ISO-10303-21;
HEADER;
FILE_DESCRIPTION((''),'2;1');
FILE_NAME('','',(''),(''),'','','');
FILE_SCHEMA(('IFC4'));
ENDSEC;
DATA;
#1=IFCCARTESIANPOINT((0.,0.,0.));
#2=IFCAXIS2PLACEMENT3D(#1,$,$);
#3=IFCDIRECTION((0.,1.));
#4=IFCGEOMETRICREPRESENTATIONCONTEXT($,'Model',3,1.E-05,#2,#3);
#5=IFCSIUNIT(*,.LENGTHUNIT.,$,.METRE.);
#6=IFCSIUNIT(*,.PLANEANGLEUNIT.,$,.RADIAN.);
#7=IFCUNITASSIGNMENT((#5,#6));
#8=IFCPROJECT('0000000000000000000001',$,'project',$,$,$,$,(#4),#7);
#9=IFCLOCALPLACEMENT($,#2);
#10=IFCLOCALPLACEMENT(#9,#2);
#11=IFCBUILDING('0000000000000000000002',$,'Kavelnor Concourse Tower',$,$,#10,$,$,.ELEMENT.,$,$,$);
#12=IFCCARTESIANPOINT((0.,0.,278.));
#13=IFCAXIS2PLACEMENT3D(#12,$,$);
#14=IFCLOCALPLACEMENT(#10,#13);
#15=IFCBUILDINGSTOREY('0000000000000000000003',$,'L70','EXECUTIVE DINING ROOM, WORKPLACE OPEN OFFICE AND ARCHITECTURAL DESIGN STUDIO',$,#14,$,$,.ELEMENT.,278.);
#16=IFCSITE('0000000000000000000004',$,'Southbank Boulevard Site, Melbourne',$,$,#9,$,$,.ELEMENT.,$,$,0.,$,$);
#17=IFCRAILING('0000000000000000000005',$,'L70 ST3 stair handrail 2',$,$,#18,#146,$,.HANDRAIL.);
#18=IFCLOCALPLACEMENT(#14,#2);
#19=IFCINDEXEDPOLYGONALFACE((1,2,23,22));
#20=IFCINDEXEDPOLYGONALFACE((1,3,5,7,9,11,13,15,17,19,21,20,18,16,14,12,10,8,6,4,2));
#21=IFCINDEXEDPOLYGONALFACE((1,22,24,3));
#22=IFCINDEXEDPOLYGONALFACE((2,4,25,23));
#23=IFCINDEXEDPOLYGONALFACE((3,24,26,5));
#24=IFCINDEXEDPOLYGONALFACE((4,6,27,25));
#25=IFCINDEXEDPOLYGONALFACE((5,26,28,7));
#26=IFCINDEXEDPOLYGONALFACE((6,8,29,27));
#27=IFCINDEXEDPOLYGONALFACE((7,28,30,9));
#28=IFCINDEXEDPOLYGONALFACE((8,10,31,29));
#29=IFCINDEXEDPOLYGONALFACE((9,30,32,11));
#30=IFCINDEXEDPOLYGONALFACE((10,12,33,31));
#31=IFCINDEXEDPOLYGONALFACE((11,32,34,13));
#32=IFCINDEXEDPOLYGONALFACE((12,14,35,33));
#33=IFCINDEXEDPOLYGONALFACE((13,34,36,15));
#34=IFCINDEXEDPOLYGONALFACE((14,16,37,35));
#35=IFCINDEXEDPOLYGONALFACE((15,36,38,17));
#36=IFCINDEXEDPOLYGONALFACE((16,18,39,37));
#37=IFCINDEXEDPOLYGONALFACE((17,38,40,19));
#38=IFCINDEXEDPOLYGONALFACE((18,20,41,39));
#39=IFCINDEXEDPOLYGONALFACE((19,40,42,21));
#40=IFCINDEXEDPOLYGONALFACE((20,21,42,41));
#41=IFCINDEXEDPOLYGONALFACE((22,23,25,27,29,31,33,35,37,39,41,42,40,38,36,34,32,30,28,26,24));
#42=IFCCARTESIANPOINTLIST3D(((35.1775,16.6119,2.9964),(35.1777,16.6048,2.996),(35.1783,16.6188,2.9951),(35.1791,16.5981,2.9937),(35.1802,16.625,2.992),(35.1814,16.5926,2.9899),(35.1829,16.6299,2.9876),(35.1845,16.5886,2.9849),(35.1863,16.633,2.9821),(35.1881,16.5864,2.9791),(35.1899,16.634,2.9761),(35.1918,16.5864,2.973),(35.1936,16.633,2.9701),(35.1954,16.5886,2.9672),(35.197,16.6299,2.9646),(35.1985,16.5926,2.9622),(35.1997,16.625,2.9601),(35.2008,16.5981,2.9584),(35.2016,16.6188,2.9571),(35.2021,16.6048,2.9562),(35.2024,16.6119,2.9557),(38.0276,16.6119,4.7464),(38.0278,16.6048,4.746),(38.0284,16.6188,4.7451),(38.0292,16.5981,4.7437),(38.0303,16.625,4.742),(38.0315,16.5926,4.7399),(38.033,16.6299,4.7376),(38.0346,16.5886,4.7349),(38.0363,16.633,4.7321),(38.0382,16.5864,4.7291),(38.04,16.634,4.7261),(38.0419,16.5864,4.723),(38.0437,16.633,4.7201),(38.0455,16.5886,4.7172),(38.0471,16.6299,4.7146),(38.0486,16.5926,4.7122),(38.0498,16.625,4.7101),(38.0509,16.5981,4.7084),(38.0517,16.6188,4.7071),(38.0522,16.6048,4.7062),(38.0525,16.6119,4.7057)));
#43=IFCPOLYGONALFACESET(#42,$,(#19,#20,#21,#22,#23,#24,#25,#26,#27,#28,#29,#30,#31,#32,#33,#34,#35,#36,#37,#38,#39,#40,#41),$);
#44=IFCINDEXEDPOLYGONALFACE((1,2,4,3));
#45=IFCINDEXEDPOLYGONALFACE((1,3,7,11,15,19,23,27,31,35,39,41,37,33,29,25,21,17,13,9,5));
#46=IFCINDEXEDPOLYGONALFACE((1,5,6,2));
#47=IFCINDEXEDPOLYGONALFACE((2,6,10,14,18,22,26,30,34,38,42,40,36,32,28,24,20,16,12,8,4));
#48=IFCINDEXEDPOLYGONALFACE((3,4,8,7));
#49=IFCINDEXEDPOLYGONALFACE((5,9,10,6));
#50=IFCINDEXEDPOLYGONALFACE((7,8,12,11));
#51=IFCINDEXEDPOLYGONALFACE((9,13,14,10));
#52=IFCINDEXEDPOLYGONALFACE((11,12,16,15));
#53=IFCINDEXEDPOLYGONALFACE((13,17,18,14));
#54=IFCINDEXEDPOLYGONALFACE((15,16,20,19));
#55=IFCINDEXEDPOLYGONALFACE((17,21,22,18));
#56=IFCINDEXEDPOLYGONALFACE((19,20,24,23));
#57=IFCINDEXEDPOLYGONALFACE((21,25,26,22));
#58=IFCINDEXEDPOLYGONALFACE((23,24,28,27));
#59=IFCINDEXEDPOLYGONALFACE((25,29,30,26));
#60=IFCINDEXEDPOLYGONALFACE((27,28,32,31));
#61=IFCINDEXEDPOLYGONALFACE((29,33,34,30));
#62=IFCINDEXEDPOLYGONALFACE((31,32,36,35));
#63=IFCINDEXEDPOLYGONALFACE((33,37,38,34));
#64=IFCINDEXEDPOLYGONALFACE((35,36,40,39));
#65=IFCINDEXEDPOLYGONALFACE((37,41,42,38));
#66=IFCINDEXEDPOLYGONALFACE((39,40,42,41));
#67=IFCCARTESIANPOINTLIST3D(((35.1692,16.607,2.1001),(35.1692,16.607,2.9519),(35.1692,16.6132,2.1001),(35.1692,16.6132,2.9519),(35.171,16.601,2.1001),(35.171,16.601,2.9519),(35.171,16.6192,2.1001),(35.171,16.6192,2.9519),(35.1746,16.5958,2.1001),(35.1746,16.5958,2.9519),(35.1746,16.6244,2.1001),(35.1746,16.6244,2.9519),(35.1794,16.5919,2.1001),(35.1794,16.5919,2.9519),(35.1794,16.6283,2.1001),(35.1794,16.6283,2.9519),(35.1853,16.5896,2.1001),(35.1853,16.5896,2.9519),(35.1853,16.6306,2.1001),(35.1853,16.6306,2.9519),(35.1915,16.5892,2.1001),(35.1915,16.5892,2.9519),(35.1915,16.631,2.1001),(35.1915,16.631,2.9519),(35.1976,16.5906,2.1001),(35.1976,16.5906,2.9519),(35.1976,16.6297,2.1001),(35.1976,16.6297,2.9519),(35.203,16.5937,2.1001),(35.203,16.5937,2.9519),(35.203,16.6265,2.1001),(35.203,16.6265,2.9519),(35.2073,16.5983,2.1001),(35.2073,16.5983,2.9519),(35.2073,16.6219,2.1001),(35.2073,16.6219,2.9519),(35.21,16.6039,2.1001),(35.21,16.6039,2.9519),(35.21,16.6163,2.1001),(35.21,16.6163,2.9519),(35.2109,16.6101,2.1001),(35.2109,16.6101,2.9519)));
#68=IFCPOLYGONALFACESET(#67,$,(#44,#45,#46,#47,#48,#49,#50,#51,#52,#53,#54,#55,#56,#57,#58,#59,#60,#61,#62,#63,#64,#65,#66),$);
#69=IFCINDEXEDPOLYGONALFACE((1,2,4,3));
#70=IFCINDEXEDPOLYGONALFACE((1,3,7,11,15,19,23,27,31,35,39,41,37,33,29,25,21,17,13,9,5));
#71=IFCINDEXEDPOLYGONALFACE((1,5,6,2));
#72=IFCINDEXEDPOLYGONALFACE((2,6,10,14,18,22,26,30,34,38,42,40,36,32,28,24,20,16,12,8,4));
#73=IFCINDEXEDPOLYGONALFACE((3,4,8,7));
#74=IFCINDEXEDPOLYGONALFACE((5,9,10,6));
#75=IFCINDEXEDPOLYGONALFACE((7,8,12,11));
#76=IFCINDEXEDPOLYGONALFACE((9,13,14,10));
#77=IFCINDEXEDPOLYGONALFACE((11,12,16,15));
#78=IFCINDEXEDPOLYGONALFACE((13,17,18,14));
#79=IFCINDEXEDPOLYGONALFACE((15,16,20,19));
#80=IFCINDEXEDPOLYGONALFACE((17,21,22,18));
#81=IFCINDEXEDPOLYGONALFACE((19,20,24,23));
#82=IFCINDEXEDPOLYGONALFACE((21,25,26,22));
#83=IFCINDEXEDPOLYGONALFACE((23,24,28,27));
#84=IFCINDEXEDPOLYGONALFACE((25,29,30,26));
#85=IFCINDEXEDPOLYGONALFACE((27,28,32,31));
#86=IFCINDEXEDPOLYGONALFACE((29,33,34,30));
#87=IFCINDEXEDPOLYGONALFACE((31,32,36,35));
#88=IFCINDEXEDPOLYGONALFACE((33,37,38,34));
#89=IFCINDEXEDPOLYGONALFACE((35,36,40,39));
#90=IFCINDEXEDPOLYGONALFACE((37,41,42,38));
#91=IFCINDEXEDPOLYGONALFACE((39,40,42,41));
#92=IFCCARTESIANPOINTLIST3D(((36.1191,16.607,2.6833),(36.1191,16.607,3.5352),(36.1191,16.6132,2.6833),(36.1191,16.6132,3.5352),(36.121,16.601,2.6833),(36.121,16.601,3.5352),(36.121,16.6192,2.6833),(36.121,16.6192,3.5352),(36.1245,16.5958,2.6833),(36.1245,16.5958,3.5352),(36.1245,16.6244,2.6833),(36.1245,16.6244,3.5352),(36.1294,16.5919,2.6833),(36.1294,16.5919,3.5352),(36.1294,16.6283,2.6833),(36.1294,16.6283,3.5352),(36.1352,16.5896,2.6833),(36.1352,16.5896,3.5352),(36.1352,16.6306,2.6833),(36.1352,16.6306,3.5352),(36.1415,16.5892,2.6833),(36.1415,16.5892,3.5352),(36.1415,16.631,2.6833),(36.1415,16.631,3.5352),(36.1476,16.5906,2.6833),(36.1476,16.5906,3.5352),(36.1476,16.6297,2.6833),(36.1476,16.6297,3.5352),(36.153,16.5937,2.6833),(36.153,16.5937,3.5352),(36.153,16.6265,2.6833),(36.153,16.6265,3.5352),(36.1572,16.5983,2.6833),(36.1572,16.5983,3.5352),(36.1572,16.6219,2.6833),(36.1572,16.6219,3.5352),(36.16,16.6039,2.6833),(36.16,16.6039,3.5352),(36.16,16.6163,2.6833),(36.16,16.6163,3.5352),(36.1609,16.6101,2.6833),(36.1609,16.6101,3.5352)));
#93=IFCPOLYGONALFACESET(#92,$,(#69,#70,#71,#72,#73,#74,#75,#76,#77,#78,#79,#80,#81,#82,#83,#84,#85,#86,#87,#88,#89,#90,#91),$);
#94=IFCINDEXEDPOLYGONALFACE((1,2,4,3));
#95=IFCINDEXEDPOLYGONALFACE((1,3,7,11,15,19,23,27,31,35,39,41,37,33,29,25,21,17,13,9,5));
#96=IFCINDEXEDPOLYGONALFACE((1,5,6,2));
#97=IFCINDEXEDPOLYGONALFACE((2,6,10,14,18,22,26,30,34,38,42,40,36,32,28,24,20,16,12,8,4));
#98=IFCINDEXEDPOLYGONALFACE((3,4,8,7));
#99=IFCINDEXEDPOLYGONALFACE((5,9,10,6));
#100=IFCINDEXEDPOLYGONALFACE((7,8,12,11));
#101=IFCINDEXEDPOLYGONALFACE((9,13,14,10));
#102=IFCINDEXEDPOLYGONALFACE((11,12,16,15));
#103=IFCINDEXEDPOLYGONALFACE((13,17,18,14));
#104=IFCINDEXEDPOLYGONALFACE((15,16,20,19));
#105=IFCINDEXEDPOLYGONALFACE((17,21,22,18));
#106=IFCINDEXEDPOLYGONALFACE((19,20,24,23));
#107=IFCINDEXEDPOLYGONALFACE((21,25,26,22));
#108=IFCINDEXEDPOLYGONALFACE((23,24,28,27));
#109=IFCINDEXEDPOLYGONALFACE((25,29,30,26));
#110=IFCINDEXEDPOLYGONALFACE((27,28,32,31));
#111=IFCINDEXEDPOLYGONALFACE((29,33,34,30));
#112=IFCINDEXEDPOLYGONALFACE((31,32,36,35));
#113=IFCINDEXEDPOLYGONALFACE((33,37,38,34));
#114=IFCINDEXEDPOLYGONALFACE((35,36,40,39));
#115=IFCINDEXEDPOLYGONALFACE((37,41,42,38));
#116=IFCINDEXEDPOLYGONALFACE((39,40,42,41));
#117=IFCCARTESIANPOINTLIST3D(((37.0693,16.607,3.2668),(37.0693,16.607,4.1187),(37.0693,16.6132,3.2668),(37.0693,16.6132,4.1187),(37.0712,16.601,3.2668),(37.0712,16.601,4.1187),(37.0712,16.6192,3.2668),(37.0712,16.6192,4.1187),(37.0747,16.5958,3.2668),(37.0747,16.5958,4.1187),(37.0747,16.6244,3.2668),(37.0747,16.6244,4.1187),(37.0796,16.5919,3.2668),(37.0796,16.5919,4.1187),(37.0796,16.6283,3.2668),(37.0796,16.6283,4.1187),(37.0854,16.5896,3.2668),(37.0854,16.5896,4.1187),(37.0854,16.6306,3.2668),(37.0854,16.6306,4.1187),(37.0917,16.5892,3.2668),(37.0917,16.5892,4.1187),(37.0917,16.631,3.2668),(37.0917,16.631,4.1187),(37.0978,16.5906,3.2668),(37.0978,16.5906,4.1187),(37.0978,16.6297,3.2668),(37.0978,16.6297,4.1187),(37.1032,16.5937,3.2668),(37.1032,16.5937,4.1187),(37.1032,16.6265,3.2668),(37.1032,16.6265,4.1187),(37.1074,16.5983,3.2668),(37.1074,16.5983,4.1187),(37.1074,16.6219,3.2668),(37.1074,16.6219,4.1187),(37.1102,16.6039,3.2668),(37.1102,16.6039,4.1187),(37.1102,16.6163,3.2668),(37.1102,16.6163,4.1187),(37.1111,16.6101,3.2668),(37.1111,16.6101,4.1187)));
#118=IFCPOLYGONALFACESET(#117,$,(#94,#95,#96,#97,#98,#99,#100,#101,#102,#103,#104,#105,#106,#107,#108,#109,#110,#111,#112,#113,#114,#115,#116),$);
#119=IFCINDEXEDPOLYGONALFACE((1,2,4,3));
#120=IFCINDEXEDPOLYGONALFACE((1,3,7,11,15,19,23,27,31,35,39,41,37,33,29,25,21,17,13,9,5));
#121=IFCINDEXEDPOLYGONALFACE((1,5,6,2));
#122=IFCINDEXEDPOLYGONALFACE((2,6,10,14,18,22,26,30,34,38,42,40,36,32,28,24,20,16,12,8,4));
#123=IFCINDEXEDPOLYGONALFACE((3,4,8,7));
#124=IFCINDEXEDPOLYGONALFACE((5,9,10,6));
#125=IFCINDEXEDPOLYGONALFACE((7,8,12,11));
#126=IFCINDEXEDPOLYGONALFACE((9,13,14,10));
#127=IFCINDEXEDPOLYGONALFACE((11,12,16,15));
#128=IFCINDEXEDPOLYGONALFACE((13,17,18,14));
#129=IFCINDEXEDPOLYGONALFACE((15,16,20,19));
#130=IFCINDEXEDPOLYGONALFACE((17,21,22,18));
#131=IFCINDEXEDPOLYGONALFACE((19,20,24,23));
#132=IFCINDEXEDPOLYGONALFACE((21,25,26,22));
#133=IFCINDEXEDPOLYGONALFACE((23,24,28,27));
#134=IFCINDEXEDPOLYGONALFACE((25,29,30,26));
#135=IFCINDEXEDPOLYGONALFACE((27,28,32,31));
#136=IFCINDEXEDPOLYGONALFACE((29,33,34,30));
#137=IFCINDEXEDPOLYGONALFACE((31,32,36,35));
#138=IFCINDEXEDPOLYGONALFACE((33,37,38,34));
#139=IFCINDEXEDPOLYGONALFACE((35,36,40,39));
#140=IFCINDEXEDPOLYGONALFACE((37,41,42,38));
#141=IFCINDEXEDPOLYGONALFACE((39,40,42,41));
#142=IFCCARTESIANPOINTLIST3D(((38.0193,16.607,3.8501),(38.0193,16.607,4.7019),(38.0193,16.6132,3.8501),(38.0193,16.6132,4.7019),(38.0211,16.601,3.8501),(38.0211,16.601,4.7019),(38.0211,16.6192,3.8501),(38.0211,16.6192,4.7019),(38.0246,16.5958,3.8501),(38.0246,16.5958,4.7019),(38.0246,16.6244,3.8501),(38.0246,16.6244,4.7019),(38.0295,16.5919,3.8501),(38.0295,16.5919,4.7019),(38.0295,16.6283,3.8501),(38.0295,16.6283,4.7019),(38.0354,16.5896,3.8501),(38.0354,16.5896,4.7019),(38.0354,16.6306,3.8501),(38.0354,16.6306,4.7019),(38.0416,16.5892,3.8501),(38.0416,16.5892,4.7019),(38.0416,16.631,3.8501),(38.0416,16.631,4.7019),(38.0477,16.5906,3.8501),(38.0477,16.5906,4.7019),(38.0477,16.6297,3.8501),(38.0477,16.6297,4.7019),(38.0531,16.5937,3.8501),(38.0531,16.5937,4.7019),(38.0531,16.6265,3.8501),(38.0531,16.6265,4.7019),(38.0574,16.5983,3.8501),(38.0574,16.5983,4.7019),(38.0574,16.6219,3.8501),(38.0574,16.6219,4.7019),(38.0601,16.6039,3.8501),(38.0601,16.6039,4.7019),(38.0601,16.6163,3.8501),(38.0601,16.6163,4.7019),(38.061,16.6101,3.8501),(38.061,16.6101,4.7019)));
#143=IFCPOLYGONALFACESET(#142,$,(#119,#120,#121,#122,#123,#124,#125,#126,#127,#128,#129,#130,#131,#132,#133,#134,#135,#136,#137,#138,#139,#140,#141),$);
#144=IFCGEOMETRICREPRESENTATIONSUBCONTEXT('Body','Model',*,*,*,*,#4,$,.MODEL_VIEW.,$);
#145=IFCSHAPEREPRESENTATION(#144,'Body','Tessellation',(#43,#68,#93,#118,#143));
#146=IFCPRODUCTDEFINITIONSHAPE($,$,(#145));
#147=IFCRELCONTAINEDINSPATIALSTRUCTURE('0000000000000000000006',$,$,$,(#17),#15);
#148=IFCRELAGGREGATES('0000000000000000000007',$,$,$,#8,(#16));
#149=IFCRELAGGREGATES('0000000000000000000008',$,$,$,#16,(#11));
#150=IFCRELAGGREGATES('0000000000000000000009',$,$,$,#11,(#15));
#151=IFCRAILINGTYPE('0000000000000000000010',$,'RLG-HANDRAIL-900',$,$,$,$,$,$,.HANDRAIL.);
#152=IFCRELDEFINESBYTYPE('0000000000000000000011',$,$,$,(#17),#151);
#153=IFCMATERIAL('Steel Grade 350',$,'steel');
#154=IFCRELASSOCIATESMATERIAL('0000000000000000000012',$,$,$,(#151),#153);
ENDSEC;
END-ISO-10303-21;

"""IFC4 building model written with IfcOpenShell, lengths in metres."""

from ifc_helpers import new_model, si_unit, direction, frame, origin, origin_2d, place, context, subcontext, project, spatial, circle, extrude, material, type_object, element, save


model = new_model("IFC4")

# Units and contexts
model_context = context("Model", 3, precision=1e-05, world=origin(), true_north=direction((0.0, 1.0)))
body_context = subcontext(model_context, "Body", "Model", "MODEL_VIEW")
ifc_project = project(units=[si_unit("LENGTHUNIT", "METRE"), si_unit("PLANEANGLEUNIT", "RADIAN")], contexts=[model_context])

# Site, building, storey
site_placement = place(None, origin())
site = spatial("IfcSite", under=ifc_project, at=site_placement, Name="Southbank Boulevard Site, Melbourne", CompositionType="ELEMENT", RefElevation=0.0)
building_placement = place(site_placement, origin())
building = spatial("IfcBuilding", under=site, at=building_placement, Name="Kavelnor Concourse Tower", CompositionType="ELEMENT")
storey_placement = place(building_placement, frame((0.0, 0.0, 278.0)))
storey = spatial("IfcBuildingStorey", under=building, at=storey_placement, Name="L70", Description="EXECUTIVE DINING ROOM, WORKPLACE OPEN OFFICE AND ARCHITECTURAL DESIGN STUDIO", CompositionType="ELEMENT", Elevation=278.0)

# Shared definitions
ifc_material_1 = material(Name="Steel Grade 350", Category="steel")

# Railing
railing_type_1 = type_object("IfcRailingType", Name="RLG-HANDRAIL-900", PredefinedType="HANDRAIL", material=ifc_material_1)
railing_1_placement = place(storey_placement, frame((35.1899, 16.6101, 2.1001)))
element("IfcRailing", 1, at=railing_1_placement, inside=storey, type_object=railing_type_1, Name="L70 ST3 stair handrail 2", PredefinedType="HANDRAIL", context=body_context, shape_type="SweptSolid", body=[
    extrude(circle(Radius=0.0239, at=origin_2d()), frame((0.0, 0.0, 0.876), z_axis=(0.852179, 0.0, 0.52325), x_axis=(0.0, 1.0, 0.0)), (0.0, 0.0, 1.0), 3.3445),
    extrude(circle(Radius=0.021, at=origin_2d()), origin(), (0.0, 0.0, 1.0), 0.8518),
    extrude(circle(Radius=0.021, at=origin_2d()), frame((0.95, 0.0, 0.5833)), (0.0, 0.0, 1.0), 0.8518),
    extrude(circle(Radius=0.021, at=origin_2d()), frame((1.9001, 0.0, 1.1667)), (0.0, 0.0, 1.0), 0.8518),
    extrude(circle(Radius=0.021, at=origin_2d()), frame((2.8501, 0.0, 1.75)), (0.0, 0.0, 1.0), 0.8518),
])

save(model, "model.ifc")
